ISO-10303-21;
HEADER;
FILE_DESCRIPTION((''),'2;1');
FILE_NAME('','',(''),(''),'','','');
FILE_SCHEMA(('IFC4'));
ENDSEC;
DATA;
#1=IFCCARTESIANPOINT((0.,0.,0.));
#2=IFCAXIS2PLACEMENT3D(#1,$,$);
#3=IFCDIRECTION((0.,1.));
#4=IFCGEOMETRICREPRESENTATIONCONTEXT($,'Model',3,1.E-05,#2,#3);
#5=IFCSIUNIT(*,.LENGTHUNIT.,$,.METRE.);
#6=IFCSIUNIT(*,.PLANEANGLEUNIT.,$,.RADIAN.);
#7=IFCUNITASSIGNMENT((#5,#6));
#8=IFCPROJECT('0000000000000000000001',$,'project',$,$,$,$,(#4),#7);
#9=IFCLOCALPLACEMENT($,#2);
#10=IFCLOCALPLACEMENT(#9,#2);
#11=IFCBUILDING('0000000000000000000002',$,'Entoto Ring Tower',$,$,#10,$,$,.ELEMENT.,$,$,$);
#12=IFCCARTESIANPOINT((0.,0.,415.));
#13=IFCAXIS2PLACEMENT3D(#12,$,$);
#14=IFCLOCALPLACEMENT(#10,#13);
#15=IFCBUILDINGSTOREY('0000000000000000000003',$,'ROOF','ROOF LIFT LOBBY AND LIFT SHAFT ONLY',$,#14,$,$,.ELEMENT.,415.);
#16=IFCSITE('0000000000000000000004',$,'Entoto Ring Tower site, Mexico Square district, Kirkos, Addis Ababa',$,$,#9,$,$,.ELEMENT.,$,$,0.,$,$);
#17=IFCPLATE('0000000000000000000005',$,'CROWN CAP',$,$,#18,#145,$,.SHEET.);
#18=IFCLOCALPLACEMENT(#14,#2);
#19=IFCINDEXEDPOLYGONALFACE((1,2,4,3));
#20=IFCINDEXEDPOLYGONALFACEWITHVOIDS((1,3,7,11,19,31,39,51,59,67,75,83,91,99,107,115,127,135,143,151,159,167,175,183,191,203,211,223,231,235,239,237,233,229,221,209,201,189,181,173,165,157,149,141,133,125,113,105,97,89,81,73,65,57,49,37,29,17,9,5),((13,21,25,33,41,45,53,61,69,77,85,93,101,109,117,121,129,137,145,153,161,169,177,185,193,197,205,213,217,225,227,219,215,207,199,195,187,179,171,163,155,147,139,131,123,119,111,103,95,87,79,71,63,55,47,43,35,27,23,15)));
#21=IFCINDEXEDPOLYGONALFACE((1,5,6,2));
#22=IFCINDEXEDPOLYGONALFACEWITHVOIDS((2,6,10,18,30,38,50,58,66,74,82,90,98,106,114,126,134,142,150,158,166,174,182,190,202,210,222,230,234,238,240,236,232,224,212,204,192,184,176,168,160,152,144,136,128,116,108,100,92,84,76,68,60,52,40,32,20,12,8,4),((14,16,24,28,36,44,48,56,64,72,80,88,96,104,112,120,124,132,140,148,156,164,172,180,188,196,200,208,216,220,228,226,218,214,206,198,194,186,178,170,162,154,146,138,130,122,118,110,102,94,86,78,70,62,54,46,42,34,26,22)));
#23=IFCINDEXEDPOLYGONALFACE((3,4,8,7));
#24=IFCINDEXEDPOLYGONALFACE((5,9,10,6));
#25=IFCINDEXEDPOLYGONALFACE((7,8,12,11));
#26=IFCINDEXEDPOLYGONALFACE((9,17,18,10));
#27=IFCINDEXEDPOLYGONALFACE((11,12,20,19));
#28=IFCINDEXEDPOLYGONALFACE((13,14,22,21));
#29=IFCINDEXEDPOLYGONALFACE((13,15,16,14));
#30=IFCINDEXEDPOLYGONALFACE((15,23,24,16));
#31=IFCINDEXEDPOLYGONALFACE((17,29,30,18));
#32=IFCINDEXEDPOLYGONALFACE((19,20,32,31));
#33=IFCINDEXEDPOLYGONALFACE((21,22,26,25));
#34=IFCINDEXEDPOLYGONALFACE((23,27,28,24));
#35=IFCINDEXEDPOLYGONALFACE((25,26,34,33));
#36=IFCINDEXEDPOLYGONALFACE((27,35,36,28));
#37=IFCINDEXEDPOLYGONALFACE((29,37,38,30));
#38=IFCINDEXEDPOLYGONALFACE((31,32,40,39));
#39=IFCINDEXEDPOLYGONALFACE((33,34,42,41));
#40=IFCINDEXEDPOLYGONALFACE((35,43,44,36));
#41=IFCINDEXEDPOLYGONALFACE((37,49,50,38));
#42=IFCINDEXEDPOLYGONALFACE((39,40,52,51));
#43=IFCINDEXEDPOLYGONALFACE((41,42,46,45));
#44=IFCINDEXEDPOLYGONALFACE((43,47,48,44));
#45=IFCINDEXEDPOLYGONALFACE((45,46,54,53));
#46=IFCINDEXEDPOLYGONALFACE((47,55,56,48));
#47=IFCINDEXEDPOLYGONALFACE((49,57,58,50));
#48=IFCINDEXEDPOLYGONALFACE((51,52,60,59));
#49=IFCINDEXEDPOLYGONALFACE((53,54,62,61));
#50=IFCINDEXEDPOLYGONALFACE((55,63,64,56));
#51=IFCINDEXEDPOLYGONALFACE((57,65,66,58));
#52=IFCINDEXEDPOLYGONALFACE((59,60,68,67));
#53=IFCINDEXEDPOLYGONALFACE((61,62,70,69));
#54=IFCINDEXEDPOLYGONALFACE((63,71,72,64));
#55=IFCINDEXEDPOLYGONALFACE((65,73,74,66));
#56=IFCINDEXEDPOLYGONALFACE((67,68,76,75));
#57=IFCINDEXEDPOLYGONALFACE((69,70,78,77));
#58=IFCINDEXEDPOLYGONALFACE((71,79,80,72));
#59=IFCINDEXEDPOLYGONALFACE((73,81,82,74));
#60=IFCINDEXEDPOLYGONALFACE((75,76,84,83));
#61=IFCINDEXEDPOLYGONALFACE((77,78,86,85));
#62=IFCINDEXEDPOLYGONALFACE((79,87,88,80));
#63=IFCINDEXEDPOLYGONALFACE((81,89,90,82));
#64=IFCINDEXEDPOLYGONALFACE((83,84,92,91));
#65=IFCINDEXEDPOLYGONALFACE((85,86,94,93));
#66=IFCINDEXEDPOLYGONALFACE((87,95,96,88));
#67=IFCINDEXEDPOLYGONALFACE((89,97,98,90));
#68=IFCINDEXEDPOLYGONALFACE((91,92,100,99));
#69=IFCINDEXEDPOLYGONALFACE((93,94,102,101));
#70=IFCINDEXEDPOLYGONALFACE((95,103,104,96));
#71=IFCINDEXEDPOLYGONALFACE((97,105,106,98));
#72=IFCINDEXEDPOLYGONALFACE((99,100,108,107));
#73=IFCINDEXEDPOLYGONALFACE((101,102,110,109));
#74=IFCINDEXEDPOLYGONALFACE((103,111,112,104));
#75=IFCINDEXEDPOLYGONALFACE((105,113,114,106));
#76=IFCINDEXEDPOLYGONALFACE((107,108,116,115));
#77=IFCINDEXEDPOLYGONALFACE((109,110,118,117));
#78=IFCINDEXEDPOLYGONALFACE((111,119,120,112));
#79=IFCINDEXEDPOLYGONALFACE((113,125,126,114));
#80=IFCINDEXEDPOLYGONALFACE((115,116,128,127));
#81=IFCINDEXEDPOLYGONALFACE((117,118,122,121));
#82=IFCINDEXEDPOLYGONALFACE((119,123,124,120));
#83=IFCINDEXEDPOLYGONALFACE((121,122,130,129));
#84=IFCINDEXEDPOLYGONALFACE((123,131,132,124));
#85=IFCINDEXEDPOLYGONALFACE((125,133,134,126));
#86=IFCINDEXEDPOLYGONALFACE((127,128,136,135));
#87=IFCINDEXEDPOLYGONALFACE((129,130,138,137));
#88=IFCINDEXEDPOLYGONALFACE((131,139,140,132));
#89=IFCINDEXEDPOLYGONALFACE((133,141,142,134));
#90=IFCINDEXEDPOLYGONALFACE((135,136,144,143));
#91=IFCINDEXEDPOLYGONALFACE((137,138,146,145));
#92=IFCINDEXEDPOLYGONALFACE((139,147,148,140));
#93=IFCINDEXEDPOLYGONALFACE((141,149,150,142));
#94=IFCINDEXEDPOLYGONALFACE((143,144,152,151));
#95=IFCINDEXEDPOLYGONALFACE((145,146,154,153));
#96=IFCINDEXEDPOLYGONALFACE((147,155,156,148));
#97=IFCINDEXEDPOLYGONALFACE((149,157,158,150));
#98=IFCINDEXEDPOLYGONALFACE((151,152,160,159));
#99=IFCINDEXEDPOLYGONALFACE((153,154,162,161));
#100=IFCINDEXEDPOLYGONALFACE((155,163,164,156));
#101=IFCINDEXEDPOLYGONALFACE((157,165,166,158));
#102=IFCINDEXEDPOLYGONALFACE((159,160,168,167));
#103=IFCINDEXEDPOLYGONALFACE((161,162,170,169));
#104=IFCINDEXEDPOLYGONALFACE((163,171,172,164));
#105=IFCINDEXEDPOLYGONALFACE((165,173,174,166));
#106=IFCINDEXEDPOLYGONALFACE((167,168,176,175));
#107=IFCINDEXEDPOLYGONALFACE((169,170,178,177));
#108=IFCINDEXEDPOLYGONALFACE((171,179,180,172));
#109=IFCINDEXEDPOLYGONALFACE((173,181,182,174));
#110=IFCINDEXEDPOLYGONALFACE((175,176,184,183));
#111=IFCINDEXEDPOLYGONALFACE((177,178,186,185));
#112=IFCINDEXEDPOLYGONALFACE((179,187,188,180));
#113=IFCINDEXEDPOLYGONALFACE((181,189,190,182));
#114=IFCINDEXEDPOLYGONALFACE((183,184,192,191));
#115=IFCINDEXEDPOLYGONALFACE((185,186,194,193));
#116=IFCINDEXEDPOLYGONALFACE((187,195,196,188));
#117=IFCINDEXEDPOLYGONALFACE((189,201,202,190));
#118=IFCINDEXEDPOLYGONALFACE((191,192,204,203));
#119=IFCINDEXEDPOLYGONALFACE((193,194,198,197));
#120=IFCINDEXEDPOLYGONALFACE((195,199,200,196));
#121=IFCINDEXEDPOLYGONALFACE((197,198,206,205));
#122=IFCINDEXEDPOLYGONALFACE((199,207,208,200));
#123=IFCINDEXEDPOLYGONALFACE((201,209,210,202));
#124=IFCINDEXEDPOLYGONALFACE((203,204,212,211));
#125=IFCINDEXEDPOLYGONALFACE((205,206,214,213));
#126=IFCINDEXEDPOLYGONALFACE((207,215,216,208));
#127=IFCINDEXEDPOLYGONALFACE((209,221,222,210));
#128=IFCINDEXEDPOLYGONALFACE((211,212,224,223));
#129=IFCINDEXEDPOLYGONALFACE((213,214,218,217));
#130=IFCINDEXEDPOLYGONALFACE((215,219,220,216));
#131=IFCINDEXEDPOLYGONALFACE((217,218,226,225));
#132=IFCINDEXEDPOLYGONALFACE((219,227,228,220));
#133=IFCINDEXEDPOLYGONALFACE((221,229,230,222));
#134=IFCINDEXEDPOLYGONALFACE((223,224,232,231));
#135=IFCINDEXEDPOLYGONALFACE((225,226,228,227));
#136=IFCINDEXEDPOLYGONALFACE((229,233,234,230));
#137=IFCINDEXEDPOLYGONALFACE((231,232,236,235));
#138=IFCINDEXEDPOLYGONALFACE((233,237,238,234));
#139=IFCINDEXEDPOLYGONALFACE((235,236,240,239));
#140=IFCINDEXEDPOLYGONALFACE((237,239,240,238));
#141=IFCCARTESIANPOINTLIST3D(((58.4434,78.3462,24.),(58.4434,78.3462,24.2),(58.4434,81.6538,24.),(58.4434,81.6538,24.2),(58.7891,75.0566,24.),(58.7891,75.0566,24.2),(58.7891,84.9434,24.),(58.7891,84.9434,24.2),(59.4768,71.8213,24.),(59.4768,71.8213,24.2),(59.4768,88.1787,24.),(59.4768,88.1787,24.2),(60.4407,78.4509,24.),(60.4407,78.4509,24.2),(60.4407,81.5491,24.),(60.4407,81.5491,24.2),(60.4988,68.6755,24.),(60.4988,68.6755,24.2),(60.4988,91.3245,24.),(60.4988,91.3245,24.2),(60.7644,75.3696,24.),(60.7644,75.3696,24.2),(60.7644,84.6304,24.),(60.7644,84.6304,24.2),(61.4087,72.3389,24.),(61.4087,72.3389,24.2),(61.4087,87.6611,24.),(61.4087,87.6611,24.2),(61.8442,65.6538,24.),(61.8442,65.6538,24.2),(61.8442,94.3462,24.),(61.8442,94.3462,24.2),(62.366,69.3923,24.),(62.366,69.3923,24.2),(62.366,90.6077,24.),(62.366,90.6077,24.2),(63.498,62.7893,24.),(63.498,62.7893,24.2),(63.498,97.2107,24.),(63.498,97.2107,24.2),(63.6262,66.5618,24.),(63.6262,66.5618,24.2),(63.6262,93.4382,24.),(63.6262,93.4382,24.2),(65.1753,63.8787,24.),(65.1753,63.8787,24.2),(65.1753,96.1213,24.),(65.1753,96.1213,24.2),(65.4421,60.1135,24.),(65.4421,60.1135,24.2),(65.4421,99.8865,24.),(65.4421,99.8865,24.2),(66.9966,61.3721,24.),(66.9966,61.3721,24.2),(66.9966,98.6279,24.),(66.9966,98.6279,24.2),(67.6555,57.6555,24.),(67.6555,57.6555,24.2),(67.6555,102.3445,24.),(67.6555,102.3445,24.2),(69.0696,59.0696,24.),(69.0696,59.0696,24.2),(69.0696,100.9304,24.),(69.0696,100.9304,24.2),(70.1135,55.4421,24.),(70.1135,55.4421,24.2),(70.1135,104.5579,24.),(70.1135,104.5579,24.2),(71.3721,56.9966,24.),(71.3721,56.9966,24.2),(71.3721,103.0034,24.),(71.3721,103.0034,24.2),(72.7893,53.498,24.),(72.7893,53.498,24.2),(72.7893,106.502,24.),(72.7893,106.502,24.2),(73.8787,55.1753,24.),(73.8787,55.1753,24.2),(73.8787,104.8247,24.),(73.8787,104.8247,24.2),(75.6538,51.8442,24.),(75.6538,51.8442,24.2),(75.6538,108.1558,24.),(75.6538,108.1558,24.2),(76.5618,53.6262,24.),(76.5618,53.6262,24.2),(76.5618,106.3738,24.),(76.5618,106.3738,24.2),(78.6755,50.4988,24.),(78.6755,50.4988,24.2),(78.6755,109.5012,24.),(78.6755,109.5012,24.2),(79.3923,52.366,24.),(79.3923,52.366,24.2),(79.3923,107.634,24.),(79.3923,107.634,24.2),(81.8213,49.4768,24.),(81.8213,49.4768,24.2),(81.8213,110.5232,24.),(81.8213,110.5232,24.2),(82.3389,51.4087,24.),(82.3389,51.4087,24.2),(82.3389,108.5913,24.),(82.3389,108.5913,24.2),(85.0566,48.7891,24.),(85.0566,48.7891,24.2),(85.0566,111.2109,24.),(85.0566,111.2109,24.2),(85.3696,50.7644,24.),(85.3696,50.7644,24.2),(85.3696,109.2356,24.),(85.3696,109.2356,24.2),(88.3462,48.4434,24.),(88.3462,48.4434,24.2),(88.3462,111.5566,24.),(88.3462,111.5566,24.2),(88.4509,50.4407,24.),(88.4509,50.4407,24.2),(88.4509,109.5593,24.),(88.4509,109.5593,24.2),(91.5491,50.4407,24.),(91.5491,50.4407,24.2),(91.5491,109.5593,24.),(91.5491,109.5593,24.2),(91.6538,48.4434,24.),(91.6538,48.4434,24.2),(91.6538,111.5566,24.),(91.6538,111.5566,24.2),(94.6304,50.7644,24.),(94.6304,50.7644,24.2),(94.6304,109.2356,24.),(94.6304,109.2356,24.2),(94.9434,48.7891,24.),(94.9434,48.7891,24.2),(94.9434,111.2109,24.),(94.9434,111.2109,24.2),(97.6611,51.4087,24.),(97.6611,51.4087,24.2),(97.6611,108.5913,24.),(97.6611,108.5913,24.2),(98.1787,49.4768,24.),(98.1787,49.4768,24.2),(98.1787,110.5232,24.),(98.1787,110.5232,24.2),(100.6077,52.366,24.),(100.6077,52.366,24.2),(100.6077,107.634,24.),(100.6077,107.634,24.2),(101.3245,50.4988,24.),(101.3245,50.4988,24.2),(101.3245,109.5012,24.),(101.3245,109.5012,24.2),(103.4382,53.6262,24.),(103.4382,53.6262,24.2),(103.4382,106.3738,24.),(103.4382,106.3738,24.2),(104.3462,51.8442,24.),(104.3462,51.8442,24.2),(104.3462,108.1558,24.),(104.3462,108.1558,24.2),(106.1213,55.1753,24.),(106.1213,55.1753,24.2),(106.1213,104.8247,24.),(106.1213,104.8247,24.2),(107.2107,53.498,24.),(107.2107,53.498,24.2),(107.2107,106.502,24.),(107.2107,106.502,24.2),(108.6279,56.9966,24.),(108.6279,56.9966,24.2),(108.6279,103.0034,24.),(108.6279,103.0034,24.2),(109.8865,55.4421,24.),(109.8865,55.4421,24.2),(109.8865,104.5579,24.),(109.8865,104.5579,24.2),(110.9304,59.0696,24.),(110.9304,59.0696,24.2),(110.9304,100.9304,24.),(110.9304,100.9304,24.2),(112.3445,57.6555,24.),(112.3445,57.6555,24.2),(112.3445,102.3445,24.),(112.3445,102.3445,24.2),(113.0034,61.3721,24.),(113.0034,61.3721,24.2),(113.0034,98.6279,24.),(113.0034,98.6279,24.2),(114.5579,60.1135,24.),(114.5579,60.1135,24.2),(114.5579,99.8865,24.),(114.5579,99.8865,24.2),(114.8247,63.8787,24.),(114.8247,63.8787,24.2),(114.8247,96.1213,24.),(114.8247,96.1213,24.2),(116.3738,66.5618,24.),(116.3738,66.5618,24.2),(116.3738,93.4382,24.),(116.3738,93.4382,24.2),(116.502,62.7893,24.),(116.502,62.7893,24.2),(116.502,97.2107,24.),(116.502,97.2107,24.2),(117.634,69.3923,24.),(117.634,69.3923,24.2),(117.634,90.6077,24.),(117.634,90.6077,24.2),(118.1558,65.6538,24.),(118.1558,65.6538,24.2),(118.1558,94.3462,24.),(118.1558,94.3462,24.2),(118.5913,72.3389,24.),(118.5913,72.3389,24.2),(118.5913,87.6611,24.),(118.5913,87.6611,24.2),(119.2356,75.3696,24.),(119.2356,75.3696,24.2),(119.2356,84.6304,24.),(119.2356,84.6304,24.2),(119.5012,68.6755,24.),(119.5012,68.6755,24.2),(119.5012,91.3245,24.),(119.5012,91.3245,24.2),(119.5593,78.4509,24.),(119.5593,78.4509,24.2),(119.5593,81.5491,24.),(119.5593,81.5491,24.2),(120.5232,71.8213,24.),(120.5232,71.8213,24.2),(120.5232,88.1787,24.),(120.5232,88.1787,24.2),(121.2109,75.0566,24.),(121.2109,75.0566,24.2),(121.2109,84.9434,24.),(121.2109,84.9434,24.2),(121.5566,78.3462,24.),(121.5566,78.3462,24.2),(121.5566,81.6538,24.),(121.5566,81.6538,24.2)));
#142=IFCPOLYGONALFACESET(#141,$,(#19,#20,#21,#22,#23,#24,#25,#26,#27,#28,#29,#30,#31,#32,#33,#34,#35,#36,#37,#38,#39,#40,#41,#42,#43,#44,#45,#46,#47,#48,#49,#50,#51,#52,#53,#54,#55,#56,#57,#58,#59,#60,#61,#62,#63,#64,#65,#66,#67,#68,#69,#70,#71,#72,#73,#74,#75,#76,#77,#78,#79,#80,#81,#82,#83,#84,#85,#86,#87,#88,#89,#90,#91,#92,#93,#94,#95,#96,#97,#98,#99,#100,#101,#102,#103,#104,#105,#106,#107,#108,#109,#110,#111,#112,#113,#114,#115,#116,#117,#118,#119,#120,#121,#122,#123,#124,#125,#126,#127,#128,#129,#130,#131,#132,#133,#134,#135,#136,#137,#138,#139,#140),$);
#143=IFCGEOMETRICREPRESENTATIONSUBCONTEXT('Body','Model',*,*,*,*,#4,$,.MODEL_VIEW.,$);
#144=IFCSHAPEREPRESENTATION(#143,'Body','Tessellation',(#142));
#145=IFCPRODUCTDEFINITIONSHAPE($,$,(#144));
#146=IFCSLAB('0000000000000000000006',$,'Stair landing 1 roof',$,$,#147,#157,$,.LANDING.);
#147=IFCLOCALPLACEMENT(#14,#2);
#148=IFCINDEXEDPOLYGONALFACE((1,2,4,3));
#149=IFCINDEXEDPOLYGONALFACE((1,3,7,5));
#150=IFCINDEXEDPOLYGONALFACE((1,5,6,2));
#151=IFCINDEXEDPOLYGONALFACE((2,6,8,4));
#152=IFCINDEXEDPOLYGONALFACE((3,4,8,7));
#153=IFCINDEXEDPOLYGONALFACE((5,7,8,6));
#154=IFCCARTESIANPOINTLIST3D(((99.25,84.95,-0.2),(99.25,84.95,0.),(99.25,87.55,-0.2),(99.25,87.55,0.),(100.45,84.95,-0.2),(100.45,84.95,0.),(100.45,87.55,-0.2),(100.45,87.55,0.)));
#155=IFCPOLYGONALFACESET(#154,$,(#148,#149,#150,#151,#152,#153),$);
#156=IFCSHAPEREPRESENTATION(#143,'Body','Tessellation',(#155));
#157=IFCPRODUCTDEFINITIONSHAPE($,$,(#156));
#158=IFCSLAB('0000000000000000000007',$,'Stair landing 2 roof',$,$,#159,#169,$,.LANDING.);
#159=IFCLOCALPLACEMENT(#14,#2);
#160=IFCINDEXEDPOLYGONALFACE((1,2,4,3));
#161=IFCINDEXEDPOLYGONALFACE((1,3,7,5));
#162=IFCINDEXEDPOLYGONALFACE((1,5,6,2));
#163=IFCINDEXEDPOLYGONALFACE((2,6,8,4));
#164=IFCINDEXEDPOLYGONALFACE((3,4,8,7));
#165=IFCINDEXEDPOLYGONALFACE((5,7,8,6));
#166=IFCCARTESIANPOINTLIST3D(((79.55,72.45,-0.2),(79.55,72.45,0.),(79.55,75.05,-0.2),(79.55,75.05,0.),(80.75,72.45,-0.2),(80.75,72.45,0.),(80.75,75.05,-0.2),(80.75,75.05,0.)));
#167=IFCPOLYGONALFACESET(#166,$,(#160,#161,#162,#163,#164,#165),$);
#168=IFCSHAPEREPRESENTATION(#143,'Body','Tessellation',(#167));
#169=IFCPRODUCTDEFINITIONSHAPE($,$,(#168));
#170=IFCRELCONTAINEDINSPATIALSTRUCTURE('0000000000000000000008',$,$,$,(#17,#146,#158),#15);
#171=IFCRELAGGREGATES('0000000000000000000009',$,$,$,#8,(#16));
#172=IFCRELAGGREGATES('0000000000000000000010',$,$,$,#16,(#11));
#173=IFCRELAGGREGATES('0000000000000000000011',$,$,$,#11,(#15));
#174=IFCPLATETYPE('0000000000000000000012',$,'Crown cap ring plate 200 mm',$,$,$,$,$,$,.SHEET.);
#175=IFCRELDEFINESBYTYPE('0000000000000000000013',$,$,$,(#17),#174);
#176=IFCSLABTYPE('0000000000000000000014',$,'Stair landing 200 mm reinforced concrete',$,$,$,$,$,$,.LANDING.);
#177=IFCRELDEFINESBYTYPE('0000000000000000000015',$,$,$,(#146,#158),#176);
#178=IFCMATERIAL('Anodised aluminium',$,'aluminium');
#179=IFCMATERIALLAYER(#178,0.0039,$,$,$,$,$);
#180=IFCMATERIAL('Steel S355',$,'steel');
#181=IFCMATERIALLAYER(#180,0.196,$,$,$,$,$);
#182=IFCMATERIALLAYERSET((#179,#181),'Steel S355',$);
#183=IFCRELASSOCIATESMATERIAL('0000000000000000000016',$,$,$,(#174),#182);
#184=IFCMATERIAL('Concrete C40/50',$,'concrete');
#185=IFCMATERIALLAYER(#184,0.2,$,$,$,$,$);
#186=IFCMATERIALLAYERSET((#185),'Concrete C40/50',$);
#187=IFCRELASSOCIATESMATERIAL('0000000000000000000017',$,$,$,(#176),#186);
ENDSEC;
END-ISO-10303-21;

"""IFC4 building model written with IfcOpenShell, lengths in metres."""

from ifc_helpers import new_model, si_unit, direction, frame, origin, place, context, subcontext, project, spatial, polyline, outline, extrude, material, layer, layer_set, type_object, element, save


model = new_model("IFC4")

# Units and contexts
model_context = context("Model", 3, precision=1e-05, world=origin(), true_north=direction((0.0, 1.0)))
body_context = subcontext(model_context, "Body", "Model", "MODEL_VIEW")
ifc_project = project(units=[si_unit("LENGTHUNIT", "METRE"), si_unit("PLANEANGLEUNIT", "RADIAN")], contexts=[model_context])

# Site, building, storey
site_placement = place(None, origin())
site = spatial("IfcSite", under=ifc_project, at=site_placement, Name="Entoto Ring Tower site, Mexico Square district, Kirkos, Addis Ababa", CompositionType="ELEMENT", RefElevation=0.0)
building_placement = place(site_placement, origin())
building = spatial("IfcBuilding", under=site, at=building_placement, Name="Entoto Ring Tower", CompositionType="ELEMENT")
storey_placement = place(building_placement, frame((0.0, 0.0, 415.0)))
storey = spatial("IfcBuildingStorey", under=building, at=storey_placement, Name="ROOF", Description="ROOF LIFT LOBBY AND LIFT SHAFT ONLY", CompositionType="ELEMENT", Elevation=415.0)

# Plate
ifc_material_1 = material(Name="Anodised aluminium", Category="aluminium")
ifc_layer_1 = layer(ifc_material_1, 0.0039)
ifc_material_2 = material(Name="Steel S355", Category="steel")
ifc_layer_2 = layer(ifc_material_2, 0.196)
ifc_layer_set_1 = layer_set([ifc_layer_1, ifc_layer_2], Name="Steel S355")
plate_type = type_object("IfcPlateType", Name="Crown cap ring plate 200 mm", PredefinedType="SHEET", material=ifc_layer_set_1)
plate_placement = place(storey_placement, frame((0.0, 0.0, 24.0)))
element("IfcPlate", 1, at=plate_placement, inside=storey, type_object=plate_type, Name="CROWN CAP", PredefinedType="SHEET", context=body_context, shape_type="SweptSolid", body=[
    extrude(outline(polyline([(121.2109, 84.9434), (120.5232, 88.1787), (119.5012, 91.3245), (118.1558, 94.3462), (116.502, 97.2107), (114.5579, 99.8865), (112.3445, 102.3445), (109.8865, 104.5579), (107.2107, 106.502), (104.3462, 108.1558), (101.3245, 109.5012), (98.1787, 110.5232), (94.9434, 111.2109), (91.6538, 111.5566), (88.3462, 111.5566), (85.0566, 111.2109), (81.8213, 110.5232), (78.6755, 109.5012), (75.6538, 108.1558), (72.7893, 106.502), (70.1135, 104.5579), (67.6555, 102.3445), (65.4421, 99.8865), (63.498, 97.2107), (61.8442, 94.3462), (60.4988, 91.3245), (59.4768, 88.1787), (58.7891, 84.9434), (58.4434, 81.6538), (58.4434, 78.3462), (58.7891, 75.0566), (59.4768, 71.8213), (60.4988, 68.6755), (61.8442, 65.6538), (63.498, 62.7893), (65.4421, 60.1135), (67.6555, 57.6555), (70.1135, 55.4421), (72.7893, 53.498), (75.6538, 51.8442), (78.6755, 50.4988), (81.8213, 49.4768), (85.0566, 48.7891), (88.3462, 48.4434), (91.6538, 48.4434), (94.9434, 48.7891), (98.1787, 49.4768), (101.3245, 50.4988), (104.3462, 51.8442), (107.2107, 53.498), (109.8865, 55.4421), (112.3445, 57.6555), (114.5579, 60.1135), (116.502, 62.7893), (118.1558, 65.6538), (119.5012, 68.6755), (120.5232, 71.8213), (121.2109, 75.0566), (121.5566, 78.3462), (121.5566, 81.6538), (121.2109, 84.9434)]), holes=[polyline([(119.5593, 81.5491), (119.5593, 78.4509), (119.2356, 75.3696), (118.5913, 72.3389), (117.634, 69.3923), (116.3738, 66.5618), (114.8247, 63.8787), (113.0034, 61.3721), (110.9304, 59.0696), (108.6279, 56.9966), (106.1213, 55.1753), (103.4382, 53.6262), (100.6077, 52.366), (97.6611, 51.4087), (94.6304, 50.7644), (91.5491, 50.4407), (88.4509, 50.4407), (85.3696, 50.7644), (82.3389, 51.4087), (79.3923, 52.366), (76.5618, 53.6262), (73.8787, 55.1753), (71.3721, 56.9966), (69.0696, 59.0696), (66.9966, 61.3721), (65.1753, 63.8787), (63.6262, 66.5618), (62.366, 69.3923), (61.4087, 72.3389), (60.7644, 75.3696), (60.4407, 78.4509), (60.4407, 81.5491), (60.7644, 84.6304), (61.4087, 87.6611), (62.366, 90.6077), (63.6262, 93.4382), (65.1753, 96.1213), (66.9966, 98.6279), (69.0696, 100.9304), (71.3721, 103.0034), (73.8787, 104.8247), (76.5618, 106.3738), (79.3923, 107.634), (82.3389, 108.5913), (85.3696, 109.2356), (88.4509, 109.5593), (91.5491, 109.5593), (94.6304, 109.2356), (97.6611, 108.5913), (100.6077, 107.634), (103.4382, 106.3738), (106.1213, 104.8247), (108.6279, 103.0034), (110.9304, 100.9304), (113.0034, 98.6279), (114.8247, 96.1213), (116.3738, 93.4382), (117.634, 90.6077), (118.5913, 87.6611), (119.2356, 84.6304), (119.5593, 81.5491)])]), origin(), (0.0, 0.0, 1.0), 0.2),
])

# Slabs
ifc_material_3 = material(Name="Concrete C40/50", Category="concrete")
ifc_layer_3 = layer(ifc_material_3, 0.2)
ifc_layer_set_2 = layer_set([ifc_layer_3], Name="Concrete C40/50")
slab_type_1 = type_object("IfcSlabType", Name="Stair landing 200 mm reinforced concrete", PredefinedType="LANDING", material=ifc_layer_set_2)
slab_1_placement = place(storey_placement, frame((0.0, 0.0, -0.2)))
element("IfcSlab", 2, at=slab_1_placement, inside=storey, type_object=slab_type_1, Name="Stair landing 1 roof", PredefinedType="LANDING", context=body_context, shape_type="SweptSolid", body=[
    extrude(outline(polyline([(99.25, 84.95), (100.45, 84.95), (100.45, 87.55), (99.25, 87.55), (99.25, 84.95)])), origin(), (0.0, 0.0, 1.0), 0.2),
])
slab_2_placement = place(storey_placement, frame((0.0, 0.0, -0.2)))
element("IfcSlab", 3, at=slab_2_placement, inside=storey, type_object=slab_type_1, Name="Stair landing 2 roof", PredefinedType="LANDING", context=body_context, shape_type="SweptSolid", body=[
    extrude(outline(polyline([(79.55, 72.45), (80.75, 72.45), (80.75, 75.05), (79.55, 75.05), (79.55, 72.45)])), origin(), (0.0, 0.0, 1.0), 0.2),
])

save(model, "model.ifc")
